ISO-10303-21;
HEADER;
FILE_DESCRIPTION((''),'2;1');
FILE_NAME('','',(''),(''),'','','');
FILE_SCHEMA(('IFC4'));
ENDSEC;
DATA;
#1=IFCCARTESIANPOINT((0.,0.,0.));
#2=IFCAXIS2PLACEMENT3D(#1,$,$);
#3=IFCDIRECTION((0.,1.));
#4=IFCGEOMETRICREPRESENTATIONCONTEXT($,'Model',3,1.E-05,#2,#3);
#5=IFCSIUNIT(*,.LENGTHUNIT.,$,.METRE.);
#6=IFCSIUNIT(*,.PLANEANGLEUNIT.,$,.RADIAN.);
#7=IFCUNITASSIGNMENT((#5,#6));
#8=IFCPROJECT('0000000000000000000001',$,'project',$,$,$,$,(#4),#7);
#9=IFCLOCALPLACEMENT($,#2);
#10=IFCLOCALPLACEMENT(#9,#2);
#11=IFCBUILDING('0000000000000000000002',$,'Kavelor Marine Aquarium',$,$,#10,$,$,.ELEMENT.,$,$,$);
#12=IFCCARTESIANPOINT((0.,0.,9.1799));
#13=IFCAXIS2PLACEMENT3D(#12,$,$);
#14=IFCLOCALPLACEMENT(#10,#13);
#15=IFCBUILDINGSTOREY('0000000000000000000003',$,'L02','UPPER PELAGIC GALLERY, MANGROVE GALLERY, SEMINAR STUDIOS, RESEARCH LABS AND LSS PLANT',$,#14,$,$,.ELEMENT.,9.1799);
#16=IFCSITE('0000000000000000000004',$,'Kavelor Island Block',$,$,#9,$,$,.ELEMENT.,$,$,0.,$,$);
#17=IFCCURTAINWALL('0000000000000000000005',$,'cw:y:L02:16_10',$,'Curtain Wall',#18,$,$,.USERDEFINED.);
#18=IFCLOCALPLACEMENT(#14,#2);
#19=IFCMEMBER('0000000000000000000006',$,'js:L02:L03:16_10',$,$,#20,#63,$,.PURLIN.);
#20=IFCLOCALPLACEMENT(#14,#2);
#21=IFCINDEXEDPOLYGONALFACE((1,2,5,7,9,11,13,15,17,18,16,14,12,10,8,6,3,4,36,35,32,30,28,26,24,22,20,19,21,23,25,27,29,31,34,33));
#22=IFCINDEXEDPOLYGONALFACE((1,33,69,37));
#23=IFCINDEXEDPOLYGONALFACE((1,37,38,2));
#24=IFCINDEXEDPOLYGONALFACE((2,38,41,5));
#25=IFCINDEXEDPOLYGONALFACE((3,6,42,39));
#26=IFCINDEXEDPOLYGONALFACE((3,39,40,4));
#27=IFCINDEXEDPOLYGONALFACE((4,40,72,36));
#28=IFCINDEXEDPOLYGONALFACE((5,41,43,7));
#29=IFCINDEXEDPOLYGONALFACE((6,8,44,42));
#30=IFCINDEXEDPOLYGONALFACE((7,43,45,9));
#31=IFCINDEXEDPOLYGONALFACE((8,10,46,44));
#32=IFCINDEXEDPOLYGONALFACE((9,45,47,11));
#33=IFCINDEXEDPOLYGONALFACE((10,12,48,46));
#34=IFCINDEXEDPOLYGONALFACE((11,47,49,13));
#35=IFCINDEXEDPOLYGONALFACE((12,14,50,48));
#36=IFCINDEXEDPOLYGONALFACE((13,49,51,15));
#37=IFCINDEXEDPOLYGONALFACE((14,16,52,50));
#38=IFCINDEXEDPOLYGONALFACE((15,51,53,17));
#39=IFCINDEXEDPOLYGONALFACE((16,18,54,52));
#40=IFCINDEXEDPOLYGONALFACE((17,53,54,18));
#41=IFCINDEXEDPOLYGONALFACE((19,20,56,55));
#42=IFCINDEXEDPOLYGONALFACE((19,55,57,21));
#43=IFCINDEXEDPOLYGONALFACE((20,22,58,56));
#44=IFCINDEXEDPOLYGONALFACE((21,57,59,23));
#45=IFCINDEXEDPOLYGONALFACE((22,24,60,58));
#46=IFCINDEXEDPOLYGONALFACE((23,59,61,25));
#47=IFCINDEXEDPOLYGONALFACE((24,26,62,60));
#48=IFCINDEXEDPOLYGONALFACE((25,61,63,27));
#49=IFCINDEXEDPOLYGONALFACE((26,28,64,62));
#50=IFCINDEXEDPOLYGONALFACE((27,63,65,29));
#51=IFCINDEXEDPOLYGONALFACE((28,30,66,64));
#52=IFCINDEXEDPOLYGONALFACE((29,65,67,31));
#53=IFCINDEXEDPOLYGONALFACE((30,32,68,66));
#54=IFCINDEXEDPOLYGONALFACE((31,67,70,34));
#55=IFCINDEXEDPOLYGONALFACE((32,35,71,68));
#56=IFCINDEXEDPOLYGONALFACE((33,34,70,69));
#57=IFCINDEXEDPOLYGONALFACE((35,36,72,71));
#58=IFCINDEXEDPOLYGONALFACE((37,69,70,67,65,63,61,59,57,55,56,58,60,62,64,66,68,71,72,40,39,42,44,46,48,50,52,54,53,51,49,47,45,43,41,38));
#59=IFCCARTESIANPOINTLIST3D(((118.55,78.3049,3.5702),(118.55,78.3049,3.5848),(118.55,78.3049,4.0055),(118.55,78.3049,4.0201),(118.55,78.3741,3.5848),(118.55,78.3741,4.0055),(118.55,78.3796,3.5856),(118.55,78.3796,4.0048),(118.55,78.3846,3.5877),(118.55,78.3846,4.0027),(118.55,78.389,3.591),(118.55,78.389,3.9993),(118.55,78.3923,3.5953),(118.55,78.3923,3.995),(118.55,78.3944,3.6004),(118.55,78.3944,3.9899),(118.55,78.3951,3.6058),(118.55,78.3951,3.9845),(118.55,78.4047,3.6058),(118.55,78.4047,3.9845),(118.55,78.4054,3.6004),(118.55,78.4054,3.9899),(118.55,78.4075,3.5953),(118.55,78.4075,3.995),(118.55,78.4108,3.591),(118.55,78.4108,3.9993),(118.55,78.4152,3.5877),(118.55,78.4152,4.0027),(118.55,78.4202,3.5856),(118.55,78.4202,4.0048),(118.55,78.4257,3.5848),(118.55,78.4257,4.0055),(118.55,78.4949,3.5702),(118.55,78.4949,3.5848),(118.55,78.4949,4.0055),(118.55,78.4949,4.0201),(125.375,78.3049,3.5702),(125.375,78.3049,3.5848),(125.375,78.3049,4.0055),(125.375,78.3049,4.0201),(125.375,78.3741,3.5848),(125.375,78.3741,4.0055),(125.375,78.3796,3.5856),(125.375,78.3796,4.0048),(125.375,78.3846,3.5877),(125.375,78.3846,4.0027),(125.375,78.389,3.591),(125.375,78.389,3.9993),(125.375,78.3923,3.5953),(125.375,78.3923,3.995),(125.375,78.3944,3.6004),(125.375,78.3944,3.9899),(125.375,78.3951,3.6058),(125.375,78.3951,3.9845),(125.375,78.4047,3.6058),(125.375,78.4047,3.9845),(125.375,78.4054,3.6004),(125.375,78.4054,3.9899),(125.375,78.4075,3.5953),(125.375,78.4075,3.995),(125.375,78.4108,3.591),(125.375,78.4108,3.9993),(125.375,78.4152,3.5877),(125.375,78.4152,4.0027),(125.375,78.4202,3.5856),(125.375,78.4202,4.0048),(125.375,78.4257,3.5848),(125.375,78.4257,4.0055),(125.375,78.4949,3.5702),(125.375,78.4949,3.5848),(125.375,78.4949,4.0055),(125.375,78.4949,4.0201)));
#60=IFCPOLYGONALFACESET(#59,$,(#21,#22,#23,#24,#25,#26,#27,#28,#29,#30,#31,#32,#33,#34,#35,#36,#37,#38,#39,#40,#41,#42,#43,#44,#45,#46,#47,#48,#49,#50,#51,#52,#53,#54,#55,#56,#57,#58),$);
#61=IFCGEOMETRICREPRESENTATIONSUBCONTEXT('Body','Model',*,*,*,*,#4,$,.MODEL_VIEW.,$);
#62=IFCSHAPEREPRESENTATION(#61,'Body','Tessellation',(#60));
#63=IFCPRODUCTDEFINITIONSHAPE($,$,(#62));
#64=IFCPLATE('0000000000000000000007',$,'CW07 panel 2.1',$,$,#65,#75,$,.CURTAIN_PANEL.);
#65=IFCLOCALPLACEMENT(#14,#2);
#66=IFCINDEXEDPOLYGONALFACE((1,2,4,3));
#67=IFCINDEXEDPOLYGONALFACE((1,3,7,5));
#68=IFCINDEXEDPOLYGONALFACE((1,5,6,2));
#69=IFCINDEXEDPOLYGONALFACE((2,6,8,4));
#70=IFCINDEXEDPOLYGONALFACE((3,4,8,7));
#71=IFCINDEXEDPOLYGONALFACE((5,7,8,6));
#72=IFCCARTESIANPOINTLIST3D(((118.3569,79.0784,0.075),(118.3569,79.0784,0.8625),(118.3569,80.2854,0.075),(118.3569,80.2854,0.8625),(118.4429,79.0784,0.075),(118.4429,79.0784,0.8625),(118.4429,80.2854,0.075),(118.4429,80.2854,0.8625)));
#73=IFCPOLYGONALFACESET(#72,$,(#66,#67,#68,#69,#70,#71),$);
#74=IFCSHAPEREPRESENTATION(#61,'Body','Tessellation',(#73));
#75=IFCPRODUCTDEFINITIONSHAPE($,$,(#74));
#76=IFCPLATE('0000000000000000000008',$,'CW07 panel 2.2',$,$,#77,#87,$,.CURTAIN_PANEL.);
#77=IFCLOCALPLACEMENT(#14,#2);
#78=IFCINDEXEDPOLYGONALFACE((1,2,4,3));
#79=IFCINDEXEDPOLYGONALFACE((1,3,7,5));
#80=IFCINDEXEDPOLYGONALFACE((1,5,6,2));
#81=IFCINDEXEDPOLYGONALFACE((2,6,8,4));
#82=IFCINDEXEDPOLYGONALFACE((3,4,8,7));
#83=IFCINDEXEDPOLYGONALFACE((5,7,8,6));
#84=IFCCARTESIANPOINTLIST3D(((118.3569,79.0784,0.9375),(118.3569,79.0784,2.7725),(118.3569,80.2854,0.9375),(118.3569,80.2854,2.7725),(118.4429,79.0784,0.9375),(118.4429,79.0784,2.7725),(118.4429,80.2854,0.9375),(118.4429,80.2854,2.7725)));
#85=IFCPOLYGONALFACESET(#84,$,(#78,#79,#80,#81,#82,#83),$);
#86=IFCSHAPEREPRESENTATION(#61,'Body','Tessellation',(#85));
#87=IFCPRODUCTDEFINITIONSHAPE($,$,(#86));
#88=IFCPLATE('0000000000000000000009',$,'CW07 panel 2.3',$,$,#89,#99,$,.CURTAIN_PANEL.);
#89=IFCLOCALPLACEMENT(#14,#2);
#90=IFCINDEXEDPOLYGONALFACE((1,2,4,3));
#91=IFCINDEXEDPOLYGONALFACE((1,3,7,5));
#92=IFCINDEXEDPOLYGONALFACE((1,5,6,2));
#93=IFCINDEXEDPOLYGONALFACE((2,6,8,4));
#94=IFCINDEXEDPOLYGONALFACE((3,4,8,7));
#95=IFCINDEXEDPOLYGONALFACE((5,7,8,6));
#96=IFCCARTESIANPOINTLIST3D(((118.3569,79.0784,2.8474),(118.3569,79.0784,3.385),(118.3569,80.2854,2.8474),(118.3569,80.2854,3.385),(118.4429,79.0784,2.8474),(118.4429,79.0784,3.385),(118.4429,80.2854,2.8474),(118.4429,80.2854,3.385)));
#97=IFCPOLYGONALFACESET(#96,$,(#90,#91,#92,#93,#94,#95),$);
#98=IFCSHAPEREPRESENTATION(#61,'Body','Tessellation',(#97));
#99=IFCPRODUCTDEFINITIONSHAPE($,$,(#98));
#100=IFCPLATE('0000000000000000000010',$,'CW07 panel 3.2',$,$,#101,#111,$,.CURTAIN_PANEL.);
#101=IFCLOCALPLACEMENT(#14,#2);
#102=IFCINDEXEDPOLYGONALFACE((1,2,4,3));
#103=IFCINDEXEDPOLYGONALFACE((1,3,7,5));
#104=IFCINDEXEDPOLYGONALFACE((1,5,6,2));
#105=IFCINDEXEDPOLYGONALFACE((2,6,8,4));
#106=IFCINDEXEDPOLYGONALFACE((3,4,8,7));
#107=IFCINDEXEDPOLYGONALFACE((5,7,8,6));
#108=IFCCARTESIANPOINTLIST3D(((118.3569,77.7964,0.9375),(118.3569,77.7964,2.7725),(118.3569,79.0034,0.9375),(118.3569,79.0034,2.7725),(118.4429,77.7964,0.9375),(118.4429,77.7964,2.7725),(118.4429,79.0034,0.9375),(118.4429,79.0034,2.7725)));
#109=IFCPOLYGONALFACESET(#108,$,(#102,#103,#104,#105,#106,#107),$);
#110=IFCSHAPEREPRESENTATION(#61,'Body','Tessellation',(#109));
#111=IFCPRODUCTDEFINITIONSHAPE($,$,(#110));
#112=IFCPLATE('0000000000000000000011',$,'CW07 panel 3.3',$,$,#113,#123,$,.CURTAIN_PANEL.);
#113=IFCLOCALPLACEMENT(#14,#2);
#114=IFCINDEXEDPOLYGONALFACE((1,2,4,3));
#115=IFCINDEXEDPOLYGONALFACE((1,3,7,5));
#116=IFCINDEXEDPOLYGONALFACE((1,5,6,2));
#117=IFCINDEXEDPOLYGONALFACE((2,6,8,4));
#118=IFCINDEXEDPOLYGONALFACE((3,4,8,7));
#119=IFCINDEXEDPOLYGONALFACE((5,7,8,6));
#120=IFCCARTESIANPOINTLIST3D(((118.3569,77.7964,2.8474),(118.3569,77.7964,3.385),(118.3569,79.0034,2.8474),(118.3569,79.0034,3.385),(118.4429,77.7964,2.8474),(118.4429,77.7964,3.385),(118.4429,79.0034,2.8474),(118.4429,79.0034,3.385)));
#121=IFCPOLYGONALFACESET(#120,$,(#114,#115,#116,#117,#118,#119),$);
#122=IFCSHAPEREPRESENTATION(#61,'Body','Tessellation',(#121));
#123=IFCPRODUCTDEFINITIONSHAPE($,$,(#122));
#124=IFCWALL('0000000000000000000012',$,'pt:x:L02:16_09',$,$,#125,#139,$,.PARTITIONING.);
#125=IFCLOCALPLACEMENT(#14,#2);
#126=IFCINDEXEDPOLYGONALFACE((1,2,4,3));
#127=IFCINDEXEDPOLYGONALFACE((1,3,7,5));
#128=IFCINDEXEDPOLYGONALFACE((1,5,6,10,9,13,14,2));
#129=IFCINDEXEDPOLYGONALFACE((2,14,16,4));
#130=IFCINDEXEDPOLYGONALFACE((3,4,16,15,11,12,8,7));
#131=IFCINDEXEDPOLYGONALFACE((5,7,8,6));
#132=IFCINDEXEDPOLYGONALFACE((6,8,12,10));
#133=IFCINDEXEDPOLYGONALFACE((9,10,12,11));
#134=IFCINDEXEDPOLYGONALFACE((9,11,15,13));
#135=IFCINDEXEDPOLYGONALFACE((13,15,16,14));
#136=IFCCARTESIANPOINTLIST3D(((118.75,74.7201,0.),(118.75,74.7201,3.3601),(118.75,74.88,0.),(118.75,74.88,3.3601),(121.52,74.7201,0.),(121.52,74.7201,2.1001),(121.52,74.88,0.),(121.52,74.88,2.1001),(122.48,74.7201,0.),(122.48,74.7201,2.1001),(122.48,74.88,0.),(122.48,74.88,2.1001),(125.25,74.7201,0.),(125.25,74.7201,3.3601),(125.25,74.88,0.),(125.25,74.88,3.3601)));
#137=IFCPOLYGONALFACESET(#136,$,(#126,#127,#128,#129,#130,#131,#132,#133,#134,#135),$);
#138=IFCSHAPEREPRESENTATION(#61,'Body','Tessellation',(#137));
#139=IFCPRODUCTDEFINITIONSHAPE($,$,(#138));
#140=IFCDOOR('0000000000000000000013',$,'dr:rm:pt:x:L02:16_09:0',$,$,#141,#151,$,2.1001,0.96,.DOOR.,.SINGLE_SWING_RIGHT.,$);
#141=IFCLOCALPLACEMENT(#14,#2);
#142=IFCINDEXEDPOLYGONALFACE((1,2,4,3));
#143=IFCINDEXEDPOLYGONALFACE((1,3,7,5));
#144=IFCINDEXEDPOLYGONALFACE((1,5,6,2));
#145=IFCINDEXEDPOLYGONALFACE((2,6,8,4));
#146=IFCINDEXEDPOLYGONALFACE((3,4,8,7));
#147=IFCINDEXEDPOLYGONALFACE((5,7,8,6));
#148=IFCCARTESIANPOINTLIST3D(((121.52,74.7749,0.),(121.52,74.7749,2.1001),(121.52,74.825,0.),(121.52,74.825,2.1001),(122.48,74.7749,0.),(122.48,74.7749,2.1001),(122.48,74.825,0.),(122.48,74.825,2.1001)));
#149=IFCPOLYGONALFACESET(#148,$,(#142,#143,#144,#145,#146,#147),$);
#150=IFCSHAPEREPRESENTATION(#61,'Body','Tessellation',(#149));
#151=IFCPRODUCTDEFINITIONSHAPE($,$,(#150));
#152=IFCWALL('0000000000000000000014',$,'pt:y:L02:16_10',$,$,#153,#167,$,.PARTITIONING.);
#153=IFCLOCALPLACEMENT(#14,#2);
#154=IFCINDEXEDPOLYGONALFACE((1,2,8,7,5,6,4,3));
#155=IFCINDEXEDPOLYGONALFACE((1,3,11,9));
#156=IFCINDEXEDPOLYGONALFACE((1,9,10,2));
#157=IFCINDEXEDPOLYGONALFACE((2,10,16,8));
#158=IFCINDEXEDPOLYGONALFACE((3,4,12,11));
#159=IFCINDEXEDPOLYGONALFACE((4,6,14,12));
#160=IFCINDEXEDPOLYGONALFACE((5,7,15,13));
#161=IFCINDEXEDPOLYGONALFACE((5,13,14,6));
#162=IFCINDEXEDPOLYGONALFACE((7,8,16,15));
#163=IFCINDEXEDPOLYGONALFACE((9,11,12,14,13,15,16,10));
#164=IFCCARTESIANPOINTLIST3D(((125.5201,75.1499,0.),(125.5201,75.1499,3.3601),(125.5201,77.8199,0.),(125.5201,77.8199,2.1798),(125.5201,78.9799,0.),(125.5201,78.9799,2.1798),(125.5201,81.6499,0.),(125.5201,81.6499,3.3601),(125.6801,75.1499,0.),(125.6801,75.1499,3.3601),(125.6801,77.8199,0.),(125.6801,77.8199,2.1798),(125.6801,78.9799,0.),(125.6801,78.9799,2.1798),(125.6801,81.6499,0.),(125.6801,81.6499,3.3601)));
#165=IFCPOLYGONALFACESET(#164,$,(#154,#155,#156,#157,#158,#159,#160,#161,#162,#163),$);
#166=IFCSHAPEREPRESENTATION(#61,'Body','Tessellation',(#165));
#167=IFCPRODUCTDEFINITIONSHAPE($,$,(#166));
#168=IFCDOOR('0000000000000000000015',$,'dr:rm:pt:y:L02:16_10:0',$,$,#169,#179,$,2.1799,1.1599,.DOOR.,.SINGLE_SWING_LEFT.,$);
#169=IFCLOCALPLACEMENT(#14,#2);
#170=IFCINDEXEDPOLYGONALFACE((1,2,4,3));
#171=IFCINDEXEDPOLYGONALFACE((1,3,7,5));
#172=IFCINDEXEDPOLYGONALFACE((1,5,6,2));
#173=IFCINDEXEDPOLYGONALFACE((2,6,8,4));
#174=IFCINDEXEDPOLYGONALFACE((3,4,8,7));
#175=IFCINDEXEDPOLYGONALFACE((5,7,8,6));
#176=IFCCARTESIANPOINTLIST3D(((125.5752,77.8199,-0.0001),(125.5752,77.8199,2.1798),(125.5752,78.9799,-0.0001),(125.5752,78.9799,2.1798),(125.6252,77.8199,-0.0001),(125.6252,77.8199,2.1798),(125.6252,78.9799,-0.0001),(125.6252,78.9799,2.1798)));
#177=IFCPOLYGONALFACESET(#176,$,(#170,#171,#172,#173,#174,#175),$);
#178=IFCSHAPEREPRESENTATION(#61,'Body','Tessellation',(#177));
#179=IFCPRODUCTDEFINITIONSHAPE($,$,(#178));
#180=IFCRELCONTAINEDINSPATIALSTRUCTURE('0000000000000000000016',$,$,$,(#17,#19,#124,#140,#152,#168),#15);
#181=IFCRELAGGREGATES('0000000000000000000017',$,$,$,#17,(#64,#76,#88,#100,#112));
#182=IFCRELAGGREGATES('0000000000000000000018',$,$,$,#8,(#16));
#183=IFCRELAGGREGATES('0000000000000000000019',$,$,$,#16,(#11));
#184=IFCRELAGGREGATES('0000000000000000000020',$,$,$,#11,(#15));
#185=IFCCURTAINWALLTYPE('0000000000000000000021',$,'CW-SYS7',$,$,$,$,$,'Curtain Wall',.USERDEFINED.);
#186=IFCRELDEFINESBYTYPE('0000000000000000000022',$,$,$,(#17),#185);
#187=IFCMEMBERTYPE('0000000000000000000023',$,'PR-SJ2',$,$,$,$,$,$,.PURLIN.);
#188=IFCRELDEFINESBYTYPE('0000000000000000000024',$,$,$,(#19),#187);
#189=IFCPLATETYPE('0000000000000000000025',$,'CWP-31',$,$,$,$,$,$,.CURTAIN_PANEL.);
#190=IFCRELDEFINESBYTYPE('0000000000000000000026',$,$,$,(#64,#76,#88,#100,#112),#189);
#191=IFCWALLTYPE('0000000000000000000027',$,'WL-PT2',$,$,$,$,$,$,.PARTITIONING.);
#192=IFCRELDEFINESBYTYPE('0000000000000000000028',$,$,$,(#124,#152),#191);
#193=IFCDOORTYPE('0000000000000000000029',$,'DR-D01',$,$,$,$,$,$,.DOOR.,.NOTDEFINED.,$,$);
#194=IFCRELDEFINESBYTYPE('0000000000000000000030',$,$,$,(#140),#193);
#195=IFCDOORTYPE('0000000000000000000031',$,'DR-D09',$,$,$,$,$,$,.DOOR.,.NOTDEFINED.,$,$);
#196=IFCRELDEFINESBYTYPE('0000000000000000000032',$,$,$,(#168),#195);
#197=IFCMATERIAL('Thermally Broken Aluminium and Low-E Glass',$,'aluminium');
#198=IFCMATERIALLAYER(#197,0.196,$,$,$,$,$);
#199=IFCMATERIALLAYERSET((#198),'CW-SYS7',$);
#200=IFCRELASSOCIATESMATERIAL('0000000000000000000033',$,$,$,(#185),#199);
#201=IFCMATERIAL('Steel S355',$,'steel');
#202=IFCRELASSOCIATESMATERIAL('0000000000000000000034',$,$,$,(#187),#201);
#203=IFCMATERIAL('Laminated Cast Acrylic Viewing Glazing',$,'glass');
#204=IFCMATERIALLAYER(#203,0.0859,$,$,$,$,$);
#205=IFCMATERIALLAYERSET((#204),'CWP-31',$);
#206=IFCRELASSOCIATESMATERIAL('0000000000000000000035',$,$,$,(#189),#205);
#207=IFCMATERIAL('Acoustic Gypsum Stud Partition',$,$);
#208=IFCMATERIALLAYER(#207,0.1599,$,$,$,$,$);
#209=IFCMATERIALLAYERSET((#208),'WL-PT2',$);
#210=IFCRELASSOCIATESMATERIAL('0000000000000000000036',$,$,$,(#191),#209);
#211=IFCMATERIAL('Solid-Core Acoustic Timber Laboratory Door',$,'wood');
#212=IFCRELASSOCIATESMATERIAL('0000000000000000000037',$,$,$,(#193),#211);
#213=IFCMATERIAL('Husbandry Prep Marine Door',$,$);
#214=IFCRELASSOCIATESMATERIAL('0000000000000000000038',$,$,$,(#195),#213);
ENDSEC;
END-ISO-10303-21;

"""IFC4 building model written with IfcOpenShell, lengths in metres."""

from ifc_helpers import new_model, si_unit, direction, frame, frame_2d, origin, origin_2d, place, context, subcontext, project, spatial, rectangle, i_section, extrude, material, layer, layer_set, material_profile, profile_set, type_object, element, fill, aggregate, save


model = new_model("IFC4")

# Units and contexts
model_context = context("Model", 3, precision=1e-05, world=origin(), true_north=direction((0.0, 1.0)))
body_context = subcontext(model_context, "Body", "Model", "MODEL_VIEW")
ifc_project = project(units=[si_unit("LENGTHUNIT", "METRE"), si_unit("PLANEANGLEUNIT", "RADIAN")], contexts=[model_context])

# Site, building, storey
site_placement = place(None, origin())
site = spatial("IfcSite", under=ifc_project, at=site_placement, Name="Kavelor Island Block", CompositionType="ELEMENT", RefElevation=0.0)
building_placement = place(site_placement, origin())
building = spatial("IfcBuilding", under=site, at=building_placement, Name="Kavelor Marine Aquarium", CompositionType="ELEMENT")
storey_placement = place(building_placement, frame((0.0, 0.0, 9.1799)))
storey = spatial("IfcBuildingStorey", under=building, at=storey_placement, Name="L02", Description="UPPER PELAGIC GALLERY, MANGROVE GALLERY, SEMINAR STUDIOS, RESEARCH LABS AND LSS PLANT", CompositionType="ELEMENT", Elevation=9.1799)

# Curtain wall
ifc_material_1 = material(Name="Thermally Broken Aluminium and Low-E Glass", Category="aluminium")
ifc_layer_1 = layer(ifc_material_1, 0.196)
ifc_layer_set_1 = layer_set([ifc_layer_1], Name="CW-SYS7")
curtain_wall_type = type_object("IfcCurtainWallType", Name="CW-SYS7", ElementType="Curtain Wall", PredefinedType="USERDEFINED", material=ifc_layer_set_1)
curtain_wall_placement = place(storey_placement, origin())
curtain_wall = element("IfcCurtainWall", 1, at=curtain_wall_placement, inside=storey, type_object=curtain_wall_type, Name="cw:y:L02:16_10", ObjectType="Curtain Wall", PredefinedType="USERDEFINED")

# Member
ifc_material_2 = material(Name="Steel S355", Category="steel")
ifc_material_profile_1 = material_profile(ifc_material_2, i_section(OverallWidth=0.1899, OverallDepth=0.45, WebThickness=0.0095, FlangeThickness=0.0146, FilletRadius=0.021, at=origin_2d()), Name="IPE 450")
ifc_profile_set_1 = profile_set([ifc_material_profile_1], Name="Steel S355")
member_type_1 = type_object("IfcMemberType", Name="PR-SJ2", PredefinedType="PURLIN", material=ifc_profile_set_1)
member_1_placement = place(storey_placement, frame((118.55, 78.3999, 3.7952), z_axis=(1.0, 0.0, 0.0), x_axis=(0.0, 1.0, 0.0)))
element("IfcMember", 2, at=member_1_placement, inside=storey, type_object=member_type_1, Name="js:L02:L03:16_10", PredefinedType="PURLIN", context=body_context, shape_type="SweptSolid", body=[
    extrude(i_section(OverallWidth=0.1899, OverallDepth=0.45, WebThickness=0.0095, FlangeThickness=0.0146, FilletRadius=0.021, at=origin_2d()), origin(), (0.0, 0.0, 1.0), 6.825),
])

# Plates
ifc_material_3 = material(Name="Laminated Cast Acrylic Viewing Glazing", Category="glass")
ifc_layer_2 = layer(ifc_material_3, 0.0859)
ifc_layer_set_2 = layer_set([ifc_layer_2], Name="CWP-31")
plate_type = type_object("IfcPlateType", Name="CWP-31", PredefinedType="CURTAIN_PANEL", material=ifc_layer_set_2)
plate_1_placement = place(storey_placement, frame((118.3999, 79.6819, 0.075), z_axis=(0.0, 0.0, 1.0), x_axis=(0.0, -1.0, 0.0)))
plate_1 = element("IfcPlate", 3, at=plate_1_placement, type_object=plate_type, Name="CW07 panel 2.1", PredefinedType="CURTAIN_PANEL", context=body_context, shape_type="SweptSolid", body=[
    extrude(rectangle(XDim=1.207, YDim=0.0859, at=origin_2d()), origin(), (0.0, 0.0, 1.0), 0.7876),
])
plate_2_placement = place(storey_placement, frame((118.3999, 79.6819, 0.9375), z_axis=(0.0, 0.0, 1.0), x_axis=(0.0, -1.0, 0.0)))
plate_2 = element("IfcPlate", 4, at=plate_2_placement, type_object=plate_type, Name="CW07 panel 2.2", PredefinedType="CURTAIN_PANEL", context=body_context, shape_type="SweptSolid", body=[
    extrude(rectangle(XDim=1.207, YDim=0.0859, at=origin_2d()), origin(), (0.0, 0.0, 1.0), 1.835),
])
plate_3_placement = place(storey_placement, frame((118.3999, 79.6819, 2.8474), z_axis=(0.0, 0.0, 1.0), x_axis=(0.0, -1.0, 0.0)))
plate_3 = element("IfcPlate", 5, at=plate_3_placement, type_object=plate_type, Name="CW07 panel 2.3", PredefinedType="CURTAIN_PANEL", context=body_context, shape_type="SweptSolid", body=[
    extrude(rectangle(XDim=1.207, YDim=0.0859, at=origin_2d()), origin(), (0.0, 0.0, 1.0), 0.5376),
])
plate_4_placement = place(storey_placement, frame((118.3999, 78.3999, 0.9375), z_axis=(0.0, 0.0, 1.0), x_axis=(0.0, -1.0, 0.0)))
plate_4 = element("IfcPlate", 6, at=plate_4_placement, type_object=plate_type, Name="CW07 panel 3.2", PredefinedType="CURTAIN_PANEL", context=body_context, shape_type="SweptSolid", body=[
    extrude(rectangle(XDim=1.207, YDim=0.0859, at=origin_2d()), origin(), (0.0, 0.0, 1.0), 1.835),
])
plate_5_placement = place(storey_placement, frame((118.3999, 78.3999, 2.8474), z_axis=(0.0, 0.0, 1.0), x_axis=(0.0, -1.0, 0.0)))
plate_5 = element("IfcPlate", 7, at=plate_5_placement, type_object=plate_type, Name="CW07 panel 3.3", PredefinedType="CURTAIN_PANEL", context=body_context, shape_type="SweptSolid", body=[
    extrude(rectangle(XDim=1.207, YDim=0.0859, at=origin_2d()), origin(), (0.0, 0.0, 1.0), 0.5376),
])
aggregate(curtain_wall, [plate_1, plate_2, plate_3, plate_4, plate_5])

# Walls, openings, doors
ifc_material_4 = material(Name="Acoustic Gypsum Stud Partition")
ifc_layer_3 = layer(ifc_material_4, 0.1599)
ifc_layer_set_3 = layer_set([ifc_layer_3], Name="WL-PT2")
wall_type_1 = type_object("IfcWallType", Name="WL-PT2", PredefinedType="PARTITIONING", material=ifc_layer_set_3)
wall_1_placement = place(storey_placement, frame((118.75, 74.8, 0.0), z_axis=(0.0, 0.0, 1.0), x_axis=(1.0, 0.0, 0.0)))
wall_1 = element("IfcWall", 8, at=wall_1_placement, inside=storey, type_object=wall_type_1, Name="pt:x:L02:16_09", PredefinedType="PARTITIONING", context=body_context, shape_type="SweptSolid", body=[
    extrude(rectangle(XDim=6.5, YDim=0.1599, at=frame_2d((3.25, 0.0))), origin(), (0.0, 0.0, 1.0), 3.3601),
])
opening_1_placement = place(wall_1_placement, frame((2.77, 0.0, 0.0)))
opening_1 = element("IfcOpeningElement", 9, at=opening_1_placement, cuts=wall_1, PredefinedType="OPENING", context=body_context, shape_type="SweptSolid", body=[
    extrude(rectangle(XDim=0.96, YDim=2.1001, at=frame_2d((0.48, 1.05))), frame((0.0, 0.0898, 0.0), z_axis=(0.0, -1.0, 0.0), x_axis=(1.0, 0.0, 0.0)), (0.0, 0.0, 1.0), 0.1799),
])
ifc_material_5 = material(Name="Solid-Core Acoustic Timber Laboratory Door", Category="wood")
door_type_1 = type_object("IfcDoorType", Name="DR-D01", OperationType="NOTDEFINED", PredefinedType="DOOR", material=ifc_material_5)
door_1_placement = place(opening_1_placement, origin())
door_1 = element("IfcDoor", 10, at=door_1_placement, inside=storey, type_object=door_type_1, Name="dr:rm:pt:x:L02:16_09:0", OperationType="SINGLE_SWING_RIGHT", OverallHeight=2.1001, OverallWidth=0.96, PredefinedType="DOOR", context=body_context, shape_type="SweptSolid", body=[
    extrude(rectangle(XDim=0.96, YDim=2.1001, at=frame_2d((0.48, 1.05))), frame((0.0, 0.0249, 0.0), z_axis=(0.0, -1.0, 0.0), x_axis=(1.0, 0.0, 0.0)), (0.0, 0.0, 1.0), 0.05),
])
fill(opening_1, door_1)
wall_2_placement = place(storey_placement, frame((125.6001, 75.1499, 0.0), z_axis=(0.0, 0.0, 1.0), x_axis=(0.0, 1.0, 0.0)))
wall_2 = element("IfcWall", 11, at=wall_2_placement, inside=storey, type_object=wall_type_1, Name="pt:y:L02:16_10", PredefinedType="PARTITIONING", context=body_context, shape_type="SweptSolid", body=[
    extrude(rectangle(XDim=6.5, YDim=0.1599, at=frame_2d((3.25, 0.0))), origin(), (0.0, 0.0, 1.0), 3.3601),
])
opening_2_placement = place(wall_2_placement, frame((2.6699, 0.0, 0.0)))
opening_2 = element("IfcOpeningElement", 12, at=opening_2_placement, cuts=wall_2, PredefinedType="OPENING", context=body_context, shape_type="SweptSolid", body=[
    extrude(rectangle(XDim=1.1599, YDim=2.1799, at=frame_2d((0.5801, 1.0898))), frame((0.0, 0.0898, 0.0), z_axis=(0.0, -1.0, 0.0), x_axis=(1.0, 0.0, 0.0)), (0.0, 0.0, 1.0), 0.1799),
])
ifc_material_6 = material(Name="Husbandry Prep Marine Door")
door_type_2 = type_object("IfcDoorType", Name="DR-D09", OperationType="NOTDEFINED", PredefinedType="DOOR", material=ifc_material_6)
door_2_placement = place(opening_2_placement, origin())
door_2 = element("IfcDoor", 13, at=door_2_placement, inside=storey, type_object=door_type_2, Name="dr:rm:pt:y:L02:16_10:0", OperationType="SINGLE_SWING_LEFT", OverallHeight=2.1799, OverallWidth=1.1599, PredefinedType="DOOR", context=body_context, shape_type="SweptSolid", body=[
    extrude(rectangle(XDim=1.1599, YDim=2.1799, at=frame_2d((0.5801, 1.0898))), frame((0.0, 0.0249, 0.0), z_axis=(0.0, -1.0, 0.0), x_axis=(1.0, 0.0, 0.0)), (0.0, 0.0, 1.0), 0.05),
])
fill(opening_2, door_2)

save(model, "model.ifc")
